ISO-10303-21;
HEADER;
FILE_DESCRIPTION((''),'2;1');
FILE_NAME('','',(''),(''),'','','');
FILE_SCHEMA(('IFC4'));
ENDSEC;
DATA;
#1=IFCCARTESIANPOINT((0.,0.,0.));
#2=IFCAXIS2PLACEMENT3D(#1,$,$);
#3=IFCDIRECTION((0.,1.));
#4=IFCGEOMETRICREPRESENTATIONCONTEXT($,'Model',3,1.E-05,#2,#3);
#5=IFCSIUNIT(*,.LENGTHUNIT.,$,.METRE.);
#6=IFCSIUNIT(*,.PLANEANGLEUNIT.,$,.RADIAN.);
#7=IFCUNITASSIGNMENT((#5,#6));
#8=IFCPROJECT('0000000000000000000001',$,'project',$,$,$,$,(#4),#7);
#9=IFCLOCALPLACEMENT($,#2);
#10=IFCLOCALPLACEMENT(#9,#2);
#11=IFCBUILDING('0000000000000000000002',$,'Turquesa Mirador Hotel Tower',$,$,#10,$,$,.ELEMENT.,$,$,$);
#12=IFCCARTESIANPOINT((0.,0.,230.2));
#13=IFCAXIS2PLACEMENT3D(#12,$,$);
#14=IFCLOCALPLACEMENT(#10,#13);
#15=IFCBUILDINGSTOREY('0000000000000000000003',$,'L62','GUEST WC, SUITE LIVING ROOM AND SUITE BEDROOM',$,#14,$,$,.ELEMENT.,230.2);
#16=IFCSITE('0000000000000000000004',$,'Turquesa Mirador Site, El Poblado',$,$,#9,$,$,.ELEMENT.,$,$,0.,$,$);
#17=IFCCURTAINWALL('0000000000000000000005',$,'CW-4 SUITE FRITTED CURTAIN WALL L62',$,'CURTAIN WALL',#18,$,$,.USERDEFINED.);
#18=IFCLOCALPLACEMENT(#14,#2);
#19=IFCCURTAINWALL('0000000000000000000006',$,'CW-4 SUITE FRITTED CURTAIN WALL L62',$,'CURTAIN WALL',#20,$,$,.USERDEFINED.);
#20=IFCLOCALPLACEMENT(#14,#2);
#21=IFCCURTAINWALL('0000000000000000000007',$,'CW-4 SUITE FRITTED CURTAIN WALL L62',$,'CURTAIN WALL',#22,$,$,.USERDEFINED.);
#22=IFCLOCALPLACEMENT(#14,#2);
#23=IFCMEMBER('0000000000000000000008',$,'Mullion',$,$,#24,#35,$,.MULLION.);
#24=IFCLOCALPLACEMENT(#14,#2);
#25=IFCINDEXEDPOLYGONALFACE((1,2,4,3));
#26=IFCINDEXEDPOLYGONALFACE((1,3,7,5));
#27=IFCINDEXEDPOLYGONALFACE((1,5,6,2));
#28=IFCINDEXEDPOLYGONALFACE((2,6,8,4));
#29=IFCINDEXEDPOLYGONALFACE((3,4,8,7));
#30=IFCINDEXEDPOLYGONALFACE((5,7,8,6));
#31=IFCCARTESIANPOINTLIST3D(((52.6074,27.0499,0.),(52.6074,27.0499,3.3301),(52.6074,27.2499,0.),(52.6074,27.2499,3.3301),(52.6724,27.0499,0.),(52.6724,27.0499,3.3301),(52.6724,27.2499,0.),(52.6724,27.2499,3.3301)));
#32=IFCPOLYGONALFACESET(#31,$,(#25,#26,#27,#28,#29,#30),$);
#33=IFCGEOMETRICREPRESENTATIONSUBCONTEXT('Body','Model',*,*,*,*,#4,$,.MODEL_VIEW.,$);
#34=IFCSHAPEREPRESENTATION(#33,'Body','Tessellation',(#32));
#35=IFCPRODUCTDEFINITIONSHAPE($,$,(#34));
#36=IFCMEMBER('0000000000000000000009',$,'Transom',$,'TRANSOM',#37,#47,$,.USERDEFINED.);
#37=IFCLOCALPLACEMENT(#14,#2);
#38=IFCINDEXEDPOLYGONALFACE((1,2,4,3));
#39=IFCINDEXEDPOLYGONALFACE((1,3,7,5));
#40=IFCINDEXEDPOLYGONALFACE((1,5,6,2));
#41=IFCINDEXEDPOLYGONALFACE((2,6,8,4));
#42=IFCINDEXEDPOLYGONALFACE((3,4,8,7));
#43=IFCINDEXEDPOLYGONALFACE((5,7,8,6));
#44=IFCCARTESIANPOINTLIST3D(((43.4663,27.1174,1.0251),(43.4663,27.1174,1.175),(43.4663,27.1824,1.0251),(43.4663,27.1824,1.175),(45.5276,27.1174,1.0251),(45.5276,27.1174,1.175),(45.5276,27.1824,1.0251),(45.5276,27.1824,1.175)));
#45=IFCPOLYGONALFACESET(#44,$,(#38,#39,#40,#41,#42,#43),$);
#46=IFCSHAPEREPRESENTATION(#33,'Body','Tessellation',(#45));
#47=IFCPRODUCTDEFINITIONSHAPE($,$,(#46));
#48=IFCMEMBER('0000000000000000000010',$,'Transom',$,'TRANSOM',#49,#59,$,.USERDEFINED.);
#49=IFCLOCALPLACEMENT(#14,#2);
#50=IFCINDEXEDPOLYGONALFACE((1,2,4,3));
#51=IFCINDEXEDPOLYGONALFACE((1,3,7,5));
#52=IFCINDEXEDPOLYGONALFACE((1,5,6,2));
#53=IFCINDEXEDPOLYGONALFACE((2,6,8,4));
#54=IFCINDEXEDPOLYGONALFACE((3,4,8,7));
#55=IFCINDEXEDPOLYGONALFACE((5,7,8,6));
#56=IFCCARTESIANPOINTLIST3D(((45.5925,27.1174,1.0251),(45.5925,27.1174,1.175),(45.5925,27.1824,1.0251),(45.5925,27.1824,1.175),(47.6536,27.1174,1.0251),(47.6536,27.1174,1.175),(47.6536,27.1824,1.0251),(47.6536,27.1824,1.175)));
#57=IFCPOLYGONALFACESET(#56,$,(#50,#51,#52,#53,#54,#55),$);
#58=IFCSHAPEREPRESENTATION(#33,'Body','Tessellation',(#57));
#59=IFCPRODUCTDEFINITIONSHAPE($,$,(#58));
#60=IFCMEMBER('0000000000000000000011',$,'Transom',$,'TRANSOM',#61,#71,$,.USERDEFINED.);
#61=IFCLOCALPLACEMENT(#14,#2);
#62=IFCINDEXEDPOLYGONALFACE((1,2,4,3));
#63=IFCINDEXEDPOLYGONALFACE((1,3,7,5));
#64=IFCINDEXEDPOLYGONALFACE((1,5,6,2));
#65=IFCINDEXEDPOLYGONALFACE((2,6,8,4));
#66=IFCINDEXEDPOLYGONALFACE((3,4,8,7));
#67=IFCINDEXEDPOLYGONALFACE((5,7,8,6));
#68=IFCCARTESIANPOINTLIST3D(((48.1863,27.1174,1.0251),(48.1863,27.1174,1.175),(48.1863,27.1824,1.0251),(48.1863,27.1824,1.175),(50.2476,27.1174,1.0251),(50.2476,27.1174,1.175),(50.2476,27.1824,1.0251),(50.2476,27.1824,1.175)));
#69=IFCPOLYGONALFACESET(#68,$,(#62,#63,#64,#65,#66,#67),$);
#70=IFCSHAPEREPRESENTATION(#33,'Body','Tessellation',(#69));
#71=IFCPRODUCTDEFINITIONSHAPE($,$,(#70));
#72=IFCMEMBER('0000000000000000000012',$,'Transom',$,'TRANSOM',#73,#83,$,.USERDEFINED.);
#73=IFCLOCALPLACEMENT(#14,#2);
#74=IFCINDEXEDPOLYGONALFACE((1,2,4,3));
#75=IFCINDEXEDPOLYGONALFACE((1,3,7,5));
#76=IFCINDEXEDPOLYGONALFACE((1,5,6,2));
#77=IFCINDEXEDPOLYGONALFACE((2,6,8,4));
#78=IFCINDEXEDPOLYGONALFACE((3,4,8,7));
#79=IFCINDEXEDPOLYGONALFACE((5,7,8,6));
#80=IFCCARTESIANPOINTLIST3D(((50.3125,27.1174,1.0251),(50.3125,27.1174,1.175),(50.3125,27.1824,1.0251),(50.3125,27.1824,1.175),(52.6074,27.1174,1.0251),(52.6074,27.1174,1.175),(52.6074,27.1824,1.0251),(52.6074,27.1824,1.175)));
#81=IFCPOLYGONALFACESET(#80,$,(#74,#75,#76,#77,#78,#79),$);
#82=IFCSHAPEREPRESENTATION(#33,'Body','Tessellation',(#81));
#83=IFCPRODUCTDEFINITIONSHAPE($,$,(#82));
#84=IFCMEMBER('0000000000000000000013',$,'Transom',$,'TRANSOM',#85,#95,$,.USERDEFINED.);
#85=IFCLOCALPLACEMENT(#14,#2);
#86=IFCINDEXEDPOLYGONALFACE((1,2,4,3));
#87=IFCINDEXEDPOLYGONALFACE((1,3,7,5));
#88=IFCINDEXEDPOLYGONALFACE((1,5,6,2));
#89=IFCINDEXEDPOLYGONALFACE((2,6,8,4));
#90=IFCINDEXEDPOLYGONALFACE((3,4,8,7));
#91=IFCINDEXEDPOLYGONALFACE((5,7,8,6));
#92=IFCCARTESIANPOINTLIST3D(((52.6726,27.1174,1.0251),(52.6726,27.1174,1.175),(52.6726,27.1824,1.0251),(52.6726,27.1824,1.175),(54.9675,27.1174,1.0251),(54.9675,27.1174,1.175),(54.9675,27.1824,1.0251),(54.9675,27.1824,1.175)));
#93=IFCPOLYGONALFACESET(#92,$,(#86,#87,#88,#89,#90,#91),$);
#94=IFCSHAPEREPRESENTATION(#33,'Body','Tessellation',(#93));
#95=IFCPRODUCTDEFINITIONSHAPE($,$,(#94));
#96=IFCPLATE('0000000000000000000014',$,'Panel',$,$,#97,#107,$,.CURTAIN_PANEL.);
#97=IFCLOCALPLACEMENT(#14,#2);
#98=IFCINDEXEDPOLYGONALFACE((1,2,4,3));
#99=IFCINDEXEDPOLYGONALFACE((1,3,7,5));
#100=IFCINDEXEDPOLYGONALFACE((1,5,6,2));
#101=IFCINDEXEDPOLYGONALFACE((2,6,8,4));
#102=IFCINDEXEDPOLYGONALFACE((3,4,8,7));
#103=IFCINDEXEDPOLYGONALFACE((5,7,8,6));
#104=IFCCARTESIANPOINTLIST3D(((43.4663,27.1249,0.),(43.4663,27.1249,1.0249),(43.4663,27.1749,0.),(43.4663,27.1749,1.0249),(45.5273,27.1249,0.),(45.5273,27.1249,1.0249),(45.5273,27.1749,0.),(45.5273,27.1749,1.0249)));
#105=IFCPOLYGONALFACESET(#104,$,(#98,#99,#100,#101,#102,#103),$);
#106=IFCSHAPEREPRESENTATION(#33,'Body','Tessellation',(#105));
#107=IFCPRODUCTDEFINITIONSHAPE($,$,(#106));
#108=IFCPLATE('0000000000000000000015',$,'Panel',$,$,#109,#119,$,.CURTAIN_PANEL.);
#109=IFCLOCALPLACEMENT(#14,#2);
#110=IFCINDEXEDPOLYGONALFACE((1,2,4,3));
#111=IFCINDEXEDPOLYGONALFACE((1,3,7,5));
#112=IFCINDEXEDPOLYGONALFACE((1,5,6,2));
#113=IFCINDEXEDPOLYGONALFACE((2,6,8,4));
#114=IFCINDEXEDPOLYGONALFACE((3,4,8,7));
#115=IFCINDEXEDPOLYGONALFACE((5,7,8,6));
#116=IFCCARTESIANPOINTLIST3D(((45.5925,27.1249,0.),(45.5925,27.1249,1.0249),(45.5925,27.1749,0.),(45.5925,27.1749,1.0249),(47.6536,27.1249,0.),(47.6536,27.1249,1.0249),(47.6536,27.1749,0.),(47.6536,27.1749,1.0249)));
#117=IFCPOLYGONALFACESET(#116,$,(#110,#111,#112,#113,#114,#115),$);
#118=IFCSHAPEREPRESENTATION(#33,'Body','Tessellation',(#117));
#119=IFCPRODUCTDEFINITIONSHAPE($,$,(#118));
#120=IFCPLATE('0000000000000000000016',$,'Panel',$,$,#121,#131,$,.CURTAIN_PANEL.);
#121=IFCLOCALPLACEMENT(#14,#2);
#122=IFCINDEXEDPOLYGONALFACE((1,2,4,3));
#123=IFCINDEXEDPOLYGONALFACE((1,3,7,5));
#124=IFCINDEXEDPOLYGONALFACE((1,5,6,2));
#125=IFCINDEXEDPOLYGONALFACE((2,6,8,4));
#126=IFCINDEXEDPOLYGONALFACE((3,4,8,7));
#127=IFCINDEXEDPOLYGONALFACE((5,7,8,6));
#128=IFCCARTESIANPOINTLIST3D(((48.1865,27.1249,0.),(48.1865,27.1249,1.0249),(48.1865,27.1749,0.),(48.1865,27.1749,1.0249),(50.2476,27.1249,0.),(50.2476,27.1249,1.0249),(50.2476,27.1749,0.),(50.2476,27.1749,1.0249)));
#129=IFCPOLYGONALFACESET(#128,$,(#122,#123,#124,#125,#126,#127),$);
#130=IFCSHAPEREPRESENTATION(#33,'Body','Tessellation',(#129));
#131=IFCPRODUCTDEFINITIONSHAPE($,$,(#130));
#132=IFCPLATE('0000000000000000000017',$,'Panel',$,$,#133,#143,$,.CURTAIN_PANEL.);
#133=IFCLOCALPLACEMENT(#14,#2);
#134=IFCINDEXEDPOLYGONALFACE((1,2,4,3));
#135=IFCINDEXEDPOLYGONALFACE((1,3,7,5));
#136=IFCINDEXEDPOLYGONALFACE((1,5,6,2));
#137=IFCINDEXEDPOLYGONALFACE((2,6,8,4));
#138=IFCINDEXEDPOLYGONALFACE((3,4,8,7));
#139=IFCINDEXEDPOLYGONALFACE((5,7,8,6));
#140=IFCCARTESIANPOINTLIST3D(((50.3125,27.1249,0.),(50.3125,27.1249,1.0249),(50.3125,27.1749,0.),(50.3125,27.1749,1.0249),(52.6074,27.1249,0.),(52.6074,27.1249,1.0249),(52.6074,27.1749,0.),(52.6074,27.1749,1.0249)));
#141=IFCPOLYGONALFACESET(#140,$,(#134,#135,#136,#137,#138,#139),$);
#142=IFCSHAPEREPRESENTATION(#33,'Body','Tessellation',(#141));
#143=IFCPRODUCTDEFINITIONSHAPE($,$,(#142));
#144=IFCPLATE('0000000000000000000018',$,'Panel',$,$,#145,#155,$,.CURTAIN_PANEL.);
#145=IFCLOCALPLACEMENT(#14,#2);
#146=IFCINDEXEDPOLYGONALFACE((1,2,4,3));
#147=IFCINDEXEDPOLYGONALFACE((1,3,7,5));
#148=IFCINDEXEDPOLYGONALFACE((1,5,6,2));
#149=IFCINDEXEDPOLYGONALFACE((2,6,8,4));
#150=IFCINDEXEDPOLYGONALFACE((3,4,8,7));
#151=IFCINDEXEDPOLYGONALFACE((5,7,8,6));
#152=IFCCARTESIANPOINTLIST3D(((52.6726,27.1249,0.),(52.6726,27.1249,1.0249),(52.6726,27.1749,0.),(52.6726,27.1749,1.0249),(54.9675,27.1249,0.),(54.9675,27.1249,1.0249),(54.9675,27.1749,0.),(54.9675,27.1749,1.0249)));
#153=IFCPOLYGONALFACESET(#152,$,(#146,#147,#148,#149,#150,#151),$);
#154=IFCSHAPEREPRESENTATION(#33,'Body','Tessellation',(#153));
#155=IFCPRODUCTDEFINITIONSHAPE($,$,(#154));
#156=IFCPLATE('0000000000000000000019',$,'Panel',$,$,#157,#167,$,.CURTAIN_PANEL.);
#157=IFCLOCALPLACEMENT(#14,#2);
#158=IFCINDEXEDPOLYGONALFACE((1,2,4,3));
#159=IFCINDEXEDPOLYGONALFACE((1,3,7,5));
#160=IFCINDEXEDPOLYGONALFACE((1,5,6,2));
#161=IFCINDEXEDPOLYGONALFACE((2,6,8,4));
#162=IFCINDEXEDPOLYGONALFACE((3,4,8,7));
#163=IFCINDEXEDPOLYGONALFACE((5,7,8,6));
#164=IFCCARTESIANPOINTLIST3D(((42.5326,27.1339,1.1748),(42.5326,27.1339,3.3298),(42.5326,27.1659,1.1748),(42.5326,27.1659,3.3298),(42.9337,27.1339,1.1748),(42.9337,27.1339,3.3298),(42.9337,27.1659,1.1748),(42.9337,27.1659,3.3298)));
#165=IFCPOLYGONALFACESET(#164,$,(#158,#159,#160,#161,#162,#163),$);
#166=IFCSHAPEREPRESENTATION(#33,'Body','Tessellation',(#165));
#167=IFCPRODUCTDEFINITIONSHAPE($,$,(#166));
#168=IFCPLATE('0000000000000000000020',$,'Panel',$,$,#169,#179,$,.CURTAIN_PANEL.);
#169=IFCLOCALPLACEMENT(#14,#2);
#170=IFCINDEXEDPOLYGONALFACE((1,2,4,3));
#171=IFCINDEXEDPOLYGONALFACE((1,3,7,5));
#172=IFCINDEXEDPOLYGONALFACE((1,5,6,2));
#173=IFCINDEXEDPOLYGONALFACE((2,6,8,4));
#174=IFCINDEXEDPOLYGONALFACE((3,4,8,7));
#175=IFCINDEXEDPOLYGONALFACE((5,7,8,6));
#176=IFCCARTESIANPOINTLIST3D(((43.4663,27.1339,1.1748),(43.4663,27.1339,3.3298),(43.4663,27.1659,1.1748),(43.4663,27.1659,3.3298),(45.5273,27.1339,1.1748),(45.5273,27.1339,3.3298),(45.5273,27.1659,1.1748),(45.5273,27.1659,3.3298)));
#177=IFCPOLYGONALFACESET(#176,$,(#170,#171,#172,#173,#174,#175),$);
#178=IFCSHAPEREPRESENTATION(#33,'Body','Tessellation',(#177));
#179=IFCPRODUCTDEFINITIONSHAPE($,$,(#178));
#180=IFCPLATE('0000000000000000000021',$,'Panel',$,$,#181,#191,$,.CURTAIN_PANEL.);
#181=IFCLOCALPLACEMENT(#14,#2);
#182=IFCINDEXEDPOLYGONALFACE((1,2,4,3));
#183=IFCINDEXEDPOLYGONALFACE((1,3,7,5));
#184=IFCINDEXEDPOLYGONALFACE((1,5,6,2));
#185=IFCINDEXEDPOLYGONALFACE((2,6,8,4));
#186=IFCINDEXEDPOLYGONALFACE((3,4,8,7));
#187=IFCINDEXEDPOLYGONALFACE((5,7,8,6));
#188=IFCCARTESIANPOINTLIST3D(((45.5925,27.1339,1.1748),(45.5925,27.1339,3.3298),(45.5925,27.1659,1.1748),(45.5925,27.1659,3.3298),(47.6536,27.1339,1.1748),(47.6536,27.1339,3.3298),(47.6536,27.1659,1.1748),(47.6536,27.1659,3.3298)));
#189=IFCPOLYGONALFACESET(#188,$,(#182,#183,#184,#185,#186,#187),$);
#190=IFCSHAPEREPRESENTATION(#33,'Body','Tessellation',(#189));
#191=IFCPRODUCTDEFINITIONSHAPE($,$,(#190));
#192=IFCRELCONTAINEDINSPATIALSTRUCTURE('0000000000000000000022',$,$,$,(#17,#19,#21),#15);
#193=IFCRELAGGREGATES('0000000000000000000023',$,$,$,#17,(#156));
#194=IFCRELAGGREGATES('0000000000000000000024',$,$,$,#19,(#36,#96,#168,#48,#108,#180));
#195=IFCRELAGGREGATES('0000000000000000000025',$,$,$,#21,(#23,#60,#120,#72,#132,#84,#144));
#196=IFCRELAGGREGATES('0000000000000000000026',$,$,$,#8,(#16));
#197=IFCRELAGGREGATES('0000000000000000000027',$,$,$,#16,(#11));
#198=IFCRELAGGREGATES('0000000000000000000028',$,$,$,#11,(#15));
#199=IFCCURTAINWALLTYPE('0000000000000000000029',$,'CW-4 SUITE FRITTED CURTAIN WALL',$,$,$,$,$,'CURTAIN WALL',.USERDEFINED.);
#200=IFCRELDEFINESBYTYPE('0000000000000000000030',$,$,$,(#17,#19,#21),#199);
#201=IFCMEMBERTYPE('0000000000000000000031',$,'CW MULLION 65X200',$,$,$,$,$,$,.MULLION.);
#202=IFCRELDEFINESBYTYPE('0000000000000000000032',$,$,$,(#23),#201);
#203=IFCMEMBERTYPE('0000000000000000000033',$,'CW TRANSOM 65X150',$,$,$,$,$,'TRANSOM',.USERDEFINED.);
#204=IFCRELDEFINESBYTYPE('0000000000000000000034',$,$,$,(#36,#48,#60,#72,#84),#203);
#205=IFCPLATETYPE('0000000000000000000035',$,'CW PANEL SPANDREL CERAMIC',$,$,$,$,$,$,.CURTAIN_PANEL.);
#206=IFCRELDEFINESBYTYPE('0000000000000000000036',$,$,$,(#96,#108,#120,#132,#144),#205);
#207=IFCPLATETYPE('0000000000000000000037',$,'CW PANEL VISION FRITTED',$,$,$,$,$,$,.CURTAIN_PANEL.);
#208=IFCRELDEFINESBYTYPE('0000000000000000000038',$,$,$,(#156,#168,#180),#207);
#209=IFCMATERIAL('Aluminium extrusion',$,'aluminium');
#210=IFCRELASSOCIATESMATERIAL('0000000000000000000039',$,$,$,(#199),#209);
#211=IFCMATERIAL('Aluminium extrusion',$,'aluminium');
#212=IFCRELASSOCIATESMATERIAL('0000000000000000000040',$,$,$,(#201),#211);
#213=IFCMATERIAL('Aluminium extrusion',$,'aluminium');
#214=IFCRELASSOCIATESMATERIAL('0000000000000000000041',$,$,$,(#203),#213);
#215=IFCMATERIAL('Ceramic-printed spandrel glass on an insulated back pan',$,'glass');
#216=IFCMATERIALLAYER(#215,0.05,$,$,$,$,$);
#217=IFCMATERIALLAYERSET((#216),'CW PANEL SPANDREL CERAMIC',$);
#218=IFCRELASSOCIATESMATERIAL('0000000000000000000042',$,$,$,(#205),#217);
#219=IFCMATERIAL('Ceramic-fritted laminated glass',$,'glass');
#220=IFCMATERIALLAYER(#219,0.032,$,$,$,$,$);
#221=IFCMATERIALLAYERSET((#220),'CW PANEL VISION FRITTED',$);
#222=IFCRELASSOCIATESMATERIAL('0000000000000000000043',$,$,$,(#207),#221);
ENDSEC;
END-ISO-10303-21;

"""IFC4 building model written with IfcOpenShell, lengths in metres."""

from ifc_helpers import new_model, si_unit, direction, frame, origin, origin_2d, place, context, subcontext, project, spatial, rectangle, extrude, material, layer, layer_set, material_profile, profile_set, type_object, element, aggregate, save


model = new_model("IFC4")

# Units and contexts
model_context = context("Model", 3, precision=1e-05, world=origin(), true_north=direction((0.0, 1.0)))
body_context = subcontext(model_context, "Body", "Model", "MODEL_VIEW")
ifc_project = project(units=[si_unit("LENGTHUNIT", "METRE"), si_unit("PLANEANGLEUNIT", "RADIAN")], contexts=[model_context])

# Site, building, storey
site_placement = place(None, origin())
site = spatial("IfcSite", under=ifc_project, at=site_placement, Name="Turquesa Mirador Site, El Poblado", CompositionType="ELEMENT", RefElevation=0.0)
building_placement = place(site_placement, origin())
building = spatial("IfcBuilding", under=site, at=building_placement, Name="Turquesa Mirador Hotel Tower", CompositionType="ELEMENT")
storey_placement = place(building_placement, frame((0.0, 0.0, 230.2)))
storey = spatial("IfcBuildingStorey", under=building, at=storey_placement, Name="L62", Description="GUEST WC, SUITE LIVING ROOM AND SUITE BEDROOM", CompositionType="ELEMENT", Elevation=230.2)

# Curtain wall
ifc_material_1 = material(Name="Aluminium extrusion", Category="aluminium")
curtain_wall_type = type_object("IfcCurtainWallType", Name="CW-4 SUITE FRITTED CURTAIN WALL", ElementType="CURTAIN WALL", PredefinedType="USERDEFINED", material=ifc_material_1)
curtain_wall_1_placement = place(storey_placement, origin())
curtain_wall_1 = element("IfcCurtainWall", 1, at=curtain_wall_1_placement, inside=storey, type_object=curtain_wall_type, Name="CW-4 SUITE FRITTED CURTAIN WALL L62", ObjectType="CURTAIN WALL", PredefinedType="USERDEFINED")
ifc_material_2 = material(Name="Aluminium extrusion", Category="aluminium")
ifc_material_profile_1 = material_profile(ifc_material_2, rectangle(XDim=0.0649, YDim=0.2, at=origin_2d()), Name="MULLION 65X200")
ifc_profile_set_1 = profile_set([ifc_material_profile_1], Name="Aluminium extrusion")
member_type_1 = type_object("IfcMemberType", Name="CW MULLION 65X200", PredefinedType="MULLION", material=ifc_profile_set_1)

# Curtain walls, member
curtain_wall_2_placement = place(storey_placement, origin())
curtain_wall_2 = element("IfcCurtainWall", 2, at=curtain_wall_2_placement, inside=storey, type_object=curtain_wall_type, Name="CW-4 SUITE FRITTED CURTAIN WALL L62", ObjectType="CURTAIN WALL", PredefinedType="USERDEFINED")
curtain_wall_3_placement = place(storey_placement, origin())
curtain_wall_3 = element("IfcCurtainWall", 3, at=curtain_wall_3_placement, inside=storey, type_object=curtain_wall_type, Name="CW-4 SUITE FRITTED CURTAIN WALL L62", ObjectType="CURTAIN WALL", PredefinedType="USERDEFINED")
member_1_placement = place(storey_placement, frame((52.6399, 27.1499, 0.0), z_axis=(0.0, 0.0, 1.0), x_axis=(1.0, 0.0, 0.0)))
member_1 = element("IfcMember", 4, at=member_1_placement, type_object=member_type_1, Name="Mullion", PredefinedType="MULLION", context=body_context, shape_type="SweptSolid", body=[
    extrude(rectangle(XDim=0.0649, YDim=0.2, at=origin_2d()), origin(), (0.0, 0.0, 1.0), 3.3301),
])

# Members
ifc_material_3 = material(Name="Aluminium extrusion", Category="aluminium")
ifc_material_profile_2 = material_profile(ifc_material_3, rectangle(XDim=0.0649, YDim=0.1499, at=origin_2d()), Name="TRANSOM 65X150")
ifc_profile_set_2 = profile_set([ifc_material_profile_2], Name="Aluminium extrusion")
member_type_2 = type_object("IfcMemberType", Name="CW TRANSOM 65X150", ElementType="TRANSOM", PredefinedType="USERDEFINED", material=ifc_profile_set_2)
member_2_placement = place(storey_placement, frame((43.4663, 27.1499, 1.1001), z_axis=(1.0, 0.0, 0.0), x_axis=(0.0, 1.0, 0.0)))
member_2 = element("IfcMember", 5, at=member_2_placement, type_object=member_type_2, Name="Transom", ObjectType="TRANSOM", PredefinedType="USERDEFINED", context=body_context, shape_type="SweptSolid", body=[
    extrude(rectangle(XDim=0.0649, YDim=0.1499, at=origin_2d()), origin(), (0.0, 0.0, 1.0), 2.0613),
])
member_3_placement = place(storey_placement, frame((45.5925, 27.1499, 1.1001), z_axis=(1.0, 0.0, 0.0), x_axis=(0.0, 1.0, 0.0)))
member_3 = element("IfcMember", 6, at=member_3_placement, type_object=member_type_2, Name="Transom", ObjectType="TRANSOM", PredefinedType="USERDEFINED", context=body_context, shape_type="SweptSolid", body=[
    extrude(rectangle(XDim=0.0649, YDim=0.1499, at=origin_2d()), origin(), (0.0, 0.0, 1.0), 2.061),
])
member_4_placement = place(storey_placement, frame((48.1863, 27.1499, 1.1001), z_axis=(1.0, 0.0, 0.0), x_axis=(0.0, 1.0, 0.0)))
member_4 = element("IfcMember", 7, at=member_4_placement, type_object=member_type_2, Name="Transom", ObjectType="TRANSOM", PredefinedType="USERDEFINED", context=body_context, shape_type="SweptSolid", body=[
    extrude(rectangle(XDim=0.0649, YDim=0.1499, at=origin_2d()), origin(), (0.0, 0.0, 1.0), 2.0613),
])
member_5_placement = place(storey_placement, frame((50.3125, 27.1499, 1.1001), z_axis=(1.0, 0.0, 0.0), x_axis=(0.0, 1.0, 0.0)))
member_5 = element("IfcMember", 8, at=member_5_placement, type_object=member_type_2, Name="Transom", ObjectType="TRANSOM", PredefinedType="USERDEFINED", context=body_context, shape_type="SweptSolid", body=[
    extrude(rectangle(XDim=0.0649, YDim=0.1499, at=origin_2d()), origin(), (0.0, 0.0, 1.0), 2.2949),
])
member_6_placement = place(storey_placement, frame((52.6726, 27.1499, 1.1001), z_axis=(1.0, 0.0, 0.0), x_axis=(0.0, 1.0, 0.0)))
member_6 = element("IfcMember", 9, at=member_6_placement, type_object=member_type_2, Name="Transom", ObjectType="TRANSOM", PredefinedType="USERDEFINED", context=body_context, shape_type="SweptSolid", body=[
    extrude(rectangle(XDim=0.0649, YDim=0.1499, at=origin_2d()), origin(), (0.0, 0.0, 1.0), 2.2949),
])

# Plates
ifc_material_4 = material(Name="Ceramic-printed spandrel glass on an insulated back pan", Category="glass")
ifc_layer_1 = layer(ifc_material_4, 0.05)
ifc_layer_set_1 = layer_set([ifc_layer_1], Name="CW PANEL SPANDREL CERAMIC")
plate_type_1 = type_object("IfcPlateType", Name="CW PANEL SPANDREL CERAMIC", PredefinedType="CURTAIN_PANEL", material=ifc_layer_set_1)
plate_1_placement = place(storey_placement, frame((44.4968, 27.1499, 0.0), z_axis=(0.0, 0.0, 1.0), x_axis=(1.0, 0.0, 0.0)))
plate_1 = element("IfcPlate", 10, at=plate_1_placement, type_object=plate_type_1, Name="Panel", PredefinedType="CURTAIN_PANEL", context=body_context, shape_type="SweptSolid", body=[
    extrude(rectangle(XDim=2.061, YDim=0.05, at=origin_2d()), origin(), (0.0, 0.0, 1.0), 1.0249),
])
plate_2_placement = place(storey_placement, frame((46.623, 27.1499, 0.0), z_axis=(0.0, 0.0, 1.0), x_axis=(1.0, 0.0, 0.0)))
plate_2 = element("IfcPlate", 11, at=plate_2_placement, type_object=plate_type_1, Name="Panel", PredefinedType="CURTAIN_PANEL", context=body_context, shape_type="SweptSolid", body=[
    extrude(rectangle(XDim=2.061, YDim=0.05, at=origin_2d()), origin(), (0.0, 0.0, 1.0), 1.0249),
])
plate_3_placement = place(storey_placement, frame((49.217, 27.1499, 0.0), z_axis=(0.0, 0.0, 1.0), x_axis=(1.0, 0.0, 0.0)))
plate_3 = element("IfcPlate", 12, at=plate_3_placement, type_object=plate_type_1, Name="Panel", PredefinedType="CURTAIN_PANEL", context=body_context, shape_type="SweptSolid", body=[
    extrude(rectangle(XDim=2.061, YDim=0.05, at=origin_2d()), origin(), (0.0, 0.0, 1.0), 1.0249),
])
plate_4_placement = place(storey_placement, frame((51.46, 27.1499, 0.0), z_axis=(0.0, 0.0, 1.0), x_axis=(1.0, 0.0, 0.0)))
plate_4 = element("IfcPlate", 13, at=plate_4_placement, type_object=plate_type_1, Name="Panel", PredefinedType="CURTAIN_PANEL", context=body_context, shape_type="SweptSolid", body=[
    extrude(rectangle(XDim=2.2949, YDim=0.05, at=origin_2d()), origin(), (0.0, 0.0, 1.0), 1.0249),
])
plate_5_placement = place(storey_placement, frame((53.8201, 27.1499, 0.0), z_axis=(0.0, 0.0, 1.0), x_axis=(1.0, 0.0, 0.0)))
plate_5 = element("IfcPlate", 14, at=plate_5_placement, type_object=plate_type_1, Name="Panel", PredefinedType="CURTAIN_PANEL", context=body_context, shape_type="SweptSolid", body=[
    extrude(rectangle(XDim=2.2949, YDim=0.05, at=origin_2d()), origin(), (0.0, 0.0, 1.0), 1.0249),
])
ifc_material_5 = material(Name="Ceramic-fritted laminated glass", Category="glass")
ifc_layer_2 = layer(ifc_material_5, 0.032)
ifc_layer_set_2 = layer_set([ifc_layer_2], Name="CW PANEL VISION FRITTED")
plate_type_2 = type_object("IfcPlateType", Name="CW PANEL VISION FRITTED", PredefinedType="CURTAIN_PANEL", material=ifc_layer_set_2)
plate_6_placement = place(storey_placement, frame((42.7332, 27.1499, 1.1748), z_axis=(0.0, 0.0, 1.0), x_axis=(1.0, 0.0, 0.0)))
plate_6 = element("IfcPlate", 15, at=plate_6_placement, type_object=plate_type_2, Name="Panel", PredefinedType="CURTAIN_PANEL", context=body_context, shape_type="SweptSolid", body=[
    extrude(rectangle(XDim=0.4011, YDim=0.032, at=origin_2d()), origin(), (0.0, 0.0, 1.0), 2.155),
])
aggregate(curtain_wall_1, [plate_6])
plate_7_placement = place(storey_placement, frame((44.4968, 27.1499, 1.1748), z_axis=(0.0, 0.0, 1.0), x_axis=(1.0, 0.0, 0.0)))
plate_7 = element("IfcPlate", 16, at=plate_7_placement, type_object=plate_type_2, Name="Panel", PredefinedType="CURTAIN_PANEL", context=body_context, shape_type="SweptSolid", body=[
    extrude(rectangle(XDim=2.061, YDim=0.032, at=origin_2d()), origin(), (0.0, 0.0, 1.0), 2.155),
])
plate_8_placement = place(storey_placement, frame((46.623, 27.1499, 1.1748), z_axis=(0.0, 0.0, 1.0), x_axis=(1.0, 0.0, 0.0)))
plate_8 = element("IfcPlate", 17, at=plate_8_placement, type_object=plate_type_2, Name="Panel", PredefinedType="CURTAIN_PANEL", context=body_context, shape_type="SweptSolid", body=[
    extrude(rectangle(XDim=2.061, YDim=0.032, at=origin_2d()), origin(), (0.0, 0.0, 1.0), 2.155),
])
aggregate(curtain_wall_2, [member_2, plate_1, plate_7, member_3, plate_2, plate_8])
aggregate(curtain_wall_3, [member_1, member_4, plate_3, member_5, plate_4, member_6, plate_5])

save(model, "model.ifc")
